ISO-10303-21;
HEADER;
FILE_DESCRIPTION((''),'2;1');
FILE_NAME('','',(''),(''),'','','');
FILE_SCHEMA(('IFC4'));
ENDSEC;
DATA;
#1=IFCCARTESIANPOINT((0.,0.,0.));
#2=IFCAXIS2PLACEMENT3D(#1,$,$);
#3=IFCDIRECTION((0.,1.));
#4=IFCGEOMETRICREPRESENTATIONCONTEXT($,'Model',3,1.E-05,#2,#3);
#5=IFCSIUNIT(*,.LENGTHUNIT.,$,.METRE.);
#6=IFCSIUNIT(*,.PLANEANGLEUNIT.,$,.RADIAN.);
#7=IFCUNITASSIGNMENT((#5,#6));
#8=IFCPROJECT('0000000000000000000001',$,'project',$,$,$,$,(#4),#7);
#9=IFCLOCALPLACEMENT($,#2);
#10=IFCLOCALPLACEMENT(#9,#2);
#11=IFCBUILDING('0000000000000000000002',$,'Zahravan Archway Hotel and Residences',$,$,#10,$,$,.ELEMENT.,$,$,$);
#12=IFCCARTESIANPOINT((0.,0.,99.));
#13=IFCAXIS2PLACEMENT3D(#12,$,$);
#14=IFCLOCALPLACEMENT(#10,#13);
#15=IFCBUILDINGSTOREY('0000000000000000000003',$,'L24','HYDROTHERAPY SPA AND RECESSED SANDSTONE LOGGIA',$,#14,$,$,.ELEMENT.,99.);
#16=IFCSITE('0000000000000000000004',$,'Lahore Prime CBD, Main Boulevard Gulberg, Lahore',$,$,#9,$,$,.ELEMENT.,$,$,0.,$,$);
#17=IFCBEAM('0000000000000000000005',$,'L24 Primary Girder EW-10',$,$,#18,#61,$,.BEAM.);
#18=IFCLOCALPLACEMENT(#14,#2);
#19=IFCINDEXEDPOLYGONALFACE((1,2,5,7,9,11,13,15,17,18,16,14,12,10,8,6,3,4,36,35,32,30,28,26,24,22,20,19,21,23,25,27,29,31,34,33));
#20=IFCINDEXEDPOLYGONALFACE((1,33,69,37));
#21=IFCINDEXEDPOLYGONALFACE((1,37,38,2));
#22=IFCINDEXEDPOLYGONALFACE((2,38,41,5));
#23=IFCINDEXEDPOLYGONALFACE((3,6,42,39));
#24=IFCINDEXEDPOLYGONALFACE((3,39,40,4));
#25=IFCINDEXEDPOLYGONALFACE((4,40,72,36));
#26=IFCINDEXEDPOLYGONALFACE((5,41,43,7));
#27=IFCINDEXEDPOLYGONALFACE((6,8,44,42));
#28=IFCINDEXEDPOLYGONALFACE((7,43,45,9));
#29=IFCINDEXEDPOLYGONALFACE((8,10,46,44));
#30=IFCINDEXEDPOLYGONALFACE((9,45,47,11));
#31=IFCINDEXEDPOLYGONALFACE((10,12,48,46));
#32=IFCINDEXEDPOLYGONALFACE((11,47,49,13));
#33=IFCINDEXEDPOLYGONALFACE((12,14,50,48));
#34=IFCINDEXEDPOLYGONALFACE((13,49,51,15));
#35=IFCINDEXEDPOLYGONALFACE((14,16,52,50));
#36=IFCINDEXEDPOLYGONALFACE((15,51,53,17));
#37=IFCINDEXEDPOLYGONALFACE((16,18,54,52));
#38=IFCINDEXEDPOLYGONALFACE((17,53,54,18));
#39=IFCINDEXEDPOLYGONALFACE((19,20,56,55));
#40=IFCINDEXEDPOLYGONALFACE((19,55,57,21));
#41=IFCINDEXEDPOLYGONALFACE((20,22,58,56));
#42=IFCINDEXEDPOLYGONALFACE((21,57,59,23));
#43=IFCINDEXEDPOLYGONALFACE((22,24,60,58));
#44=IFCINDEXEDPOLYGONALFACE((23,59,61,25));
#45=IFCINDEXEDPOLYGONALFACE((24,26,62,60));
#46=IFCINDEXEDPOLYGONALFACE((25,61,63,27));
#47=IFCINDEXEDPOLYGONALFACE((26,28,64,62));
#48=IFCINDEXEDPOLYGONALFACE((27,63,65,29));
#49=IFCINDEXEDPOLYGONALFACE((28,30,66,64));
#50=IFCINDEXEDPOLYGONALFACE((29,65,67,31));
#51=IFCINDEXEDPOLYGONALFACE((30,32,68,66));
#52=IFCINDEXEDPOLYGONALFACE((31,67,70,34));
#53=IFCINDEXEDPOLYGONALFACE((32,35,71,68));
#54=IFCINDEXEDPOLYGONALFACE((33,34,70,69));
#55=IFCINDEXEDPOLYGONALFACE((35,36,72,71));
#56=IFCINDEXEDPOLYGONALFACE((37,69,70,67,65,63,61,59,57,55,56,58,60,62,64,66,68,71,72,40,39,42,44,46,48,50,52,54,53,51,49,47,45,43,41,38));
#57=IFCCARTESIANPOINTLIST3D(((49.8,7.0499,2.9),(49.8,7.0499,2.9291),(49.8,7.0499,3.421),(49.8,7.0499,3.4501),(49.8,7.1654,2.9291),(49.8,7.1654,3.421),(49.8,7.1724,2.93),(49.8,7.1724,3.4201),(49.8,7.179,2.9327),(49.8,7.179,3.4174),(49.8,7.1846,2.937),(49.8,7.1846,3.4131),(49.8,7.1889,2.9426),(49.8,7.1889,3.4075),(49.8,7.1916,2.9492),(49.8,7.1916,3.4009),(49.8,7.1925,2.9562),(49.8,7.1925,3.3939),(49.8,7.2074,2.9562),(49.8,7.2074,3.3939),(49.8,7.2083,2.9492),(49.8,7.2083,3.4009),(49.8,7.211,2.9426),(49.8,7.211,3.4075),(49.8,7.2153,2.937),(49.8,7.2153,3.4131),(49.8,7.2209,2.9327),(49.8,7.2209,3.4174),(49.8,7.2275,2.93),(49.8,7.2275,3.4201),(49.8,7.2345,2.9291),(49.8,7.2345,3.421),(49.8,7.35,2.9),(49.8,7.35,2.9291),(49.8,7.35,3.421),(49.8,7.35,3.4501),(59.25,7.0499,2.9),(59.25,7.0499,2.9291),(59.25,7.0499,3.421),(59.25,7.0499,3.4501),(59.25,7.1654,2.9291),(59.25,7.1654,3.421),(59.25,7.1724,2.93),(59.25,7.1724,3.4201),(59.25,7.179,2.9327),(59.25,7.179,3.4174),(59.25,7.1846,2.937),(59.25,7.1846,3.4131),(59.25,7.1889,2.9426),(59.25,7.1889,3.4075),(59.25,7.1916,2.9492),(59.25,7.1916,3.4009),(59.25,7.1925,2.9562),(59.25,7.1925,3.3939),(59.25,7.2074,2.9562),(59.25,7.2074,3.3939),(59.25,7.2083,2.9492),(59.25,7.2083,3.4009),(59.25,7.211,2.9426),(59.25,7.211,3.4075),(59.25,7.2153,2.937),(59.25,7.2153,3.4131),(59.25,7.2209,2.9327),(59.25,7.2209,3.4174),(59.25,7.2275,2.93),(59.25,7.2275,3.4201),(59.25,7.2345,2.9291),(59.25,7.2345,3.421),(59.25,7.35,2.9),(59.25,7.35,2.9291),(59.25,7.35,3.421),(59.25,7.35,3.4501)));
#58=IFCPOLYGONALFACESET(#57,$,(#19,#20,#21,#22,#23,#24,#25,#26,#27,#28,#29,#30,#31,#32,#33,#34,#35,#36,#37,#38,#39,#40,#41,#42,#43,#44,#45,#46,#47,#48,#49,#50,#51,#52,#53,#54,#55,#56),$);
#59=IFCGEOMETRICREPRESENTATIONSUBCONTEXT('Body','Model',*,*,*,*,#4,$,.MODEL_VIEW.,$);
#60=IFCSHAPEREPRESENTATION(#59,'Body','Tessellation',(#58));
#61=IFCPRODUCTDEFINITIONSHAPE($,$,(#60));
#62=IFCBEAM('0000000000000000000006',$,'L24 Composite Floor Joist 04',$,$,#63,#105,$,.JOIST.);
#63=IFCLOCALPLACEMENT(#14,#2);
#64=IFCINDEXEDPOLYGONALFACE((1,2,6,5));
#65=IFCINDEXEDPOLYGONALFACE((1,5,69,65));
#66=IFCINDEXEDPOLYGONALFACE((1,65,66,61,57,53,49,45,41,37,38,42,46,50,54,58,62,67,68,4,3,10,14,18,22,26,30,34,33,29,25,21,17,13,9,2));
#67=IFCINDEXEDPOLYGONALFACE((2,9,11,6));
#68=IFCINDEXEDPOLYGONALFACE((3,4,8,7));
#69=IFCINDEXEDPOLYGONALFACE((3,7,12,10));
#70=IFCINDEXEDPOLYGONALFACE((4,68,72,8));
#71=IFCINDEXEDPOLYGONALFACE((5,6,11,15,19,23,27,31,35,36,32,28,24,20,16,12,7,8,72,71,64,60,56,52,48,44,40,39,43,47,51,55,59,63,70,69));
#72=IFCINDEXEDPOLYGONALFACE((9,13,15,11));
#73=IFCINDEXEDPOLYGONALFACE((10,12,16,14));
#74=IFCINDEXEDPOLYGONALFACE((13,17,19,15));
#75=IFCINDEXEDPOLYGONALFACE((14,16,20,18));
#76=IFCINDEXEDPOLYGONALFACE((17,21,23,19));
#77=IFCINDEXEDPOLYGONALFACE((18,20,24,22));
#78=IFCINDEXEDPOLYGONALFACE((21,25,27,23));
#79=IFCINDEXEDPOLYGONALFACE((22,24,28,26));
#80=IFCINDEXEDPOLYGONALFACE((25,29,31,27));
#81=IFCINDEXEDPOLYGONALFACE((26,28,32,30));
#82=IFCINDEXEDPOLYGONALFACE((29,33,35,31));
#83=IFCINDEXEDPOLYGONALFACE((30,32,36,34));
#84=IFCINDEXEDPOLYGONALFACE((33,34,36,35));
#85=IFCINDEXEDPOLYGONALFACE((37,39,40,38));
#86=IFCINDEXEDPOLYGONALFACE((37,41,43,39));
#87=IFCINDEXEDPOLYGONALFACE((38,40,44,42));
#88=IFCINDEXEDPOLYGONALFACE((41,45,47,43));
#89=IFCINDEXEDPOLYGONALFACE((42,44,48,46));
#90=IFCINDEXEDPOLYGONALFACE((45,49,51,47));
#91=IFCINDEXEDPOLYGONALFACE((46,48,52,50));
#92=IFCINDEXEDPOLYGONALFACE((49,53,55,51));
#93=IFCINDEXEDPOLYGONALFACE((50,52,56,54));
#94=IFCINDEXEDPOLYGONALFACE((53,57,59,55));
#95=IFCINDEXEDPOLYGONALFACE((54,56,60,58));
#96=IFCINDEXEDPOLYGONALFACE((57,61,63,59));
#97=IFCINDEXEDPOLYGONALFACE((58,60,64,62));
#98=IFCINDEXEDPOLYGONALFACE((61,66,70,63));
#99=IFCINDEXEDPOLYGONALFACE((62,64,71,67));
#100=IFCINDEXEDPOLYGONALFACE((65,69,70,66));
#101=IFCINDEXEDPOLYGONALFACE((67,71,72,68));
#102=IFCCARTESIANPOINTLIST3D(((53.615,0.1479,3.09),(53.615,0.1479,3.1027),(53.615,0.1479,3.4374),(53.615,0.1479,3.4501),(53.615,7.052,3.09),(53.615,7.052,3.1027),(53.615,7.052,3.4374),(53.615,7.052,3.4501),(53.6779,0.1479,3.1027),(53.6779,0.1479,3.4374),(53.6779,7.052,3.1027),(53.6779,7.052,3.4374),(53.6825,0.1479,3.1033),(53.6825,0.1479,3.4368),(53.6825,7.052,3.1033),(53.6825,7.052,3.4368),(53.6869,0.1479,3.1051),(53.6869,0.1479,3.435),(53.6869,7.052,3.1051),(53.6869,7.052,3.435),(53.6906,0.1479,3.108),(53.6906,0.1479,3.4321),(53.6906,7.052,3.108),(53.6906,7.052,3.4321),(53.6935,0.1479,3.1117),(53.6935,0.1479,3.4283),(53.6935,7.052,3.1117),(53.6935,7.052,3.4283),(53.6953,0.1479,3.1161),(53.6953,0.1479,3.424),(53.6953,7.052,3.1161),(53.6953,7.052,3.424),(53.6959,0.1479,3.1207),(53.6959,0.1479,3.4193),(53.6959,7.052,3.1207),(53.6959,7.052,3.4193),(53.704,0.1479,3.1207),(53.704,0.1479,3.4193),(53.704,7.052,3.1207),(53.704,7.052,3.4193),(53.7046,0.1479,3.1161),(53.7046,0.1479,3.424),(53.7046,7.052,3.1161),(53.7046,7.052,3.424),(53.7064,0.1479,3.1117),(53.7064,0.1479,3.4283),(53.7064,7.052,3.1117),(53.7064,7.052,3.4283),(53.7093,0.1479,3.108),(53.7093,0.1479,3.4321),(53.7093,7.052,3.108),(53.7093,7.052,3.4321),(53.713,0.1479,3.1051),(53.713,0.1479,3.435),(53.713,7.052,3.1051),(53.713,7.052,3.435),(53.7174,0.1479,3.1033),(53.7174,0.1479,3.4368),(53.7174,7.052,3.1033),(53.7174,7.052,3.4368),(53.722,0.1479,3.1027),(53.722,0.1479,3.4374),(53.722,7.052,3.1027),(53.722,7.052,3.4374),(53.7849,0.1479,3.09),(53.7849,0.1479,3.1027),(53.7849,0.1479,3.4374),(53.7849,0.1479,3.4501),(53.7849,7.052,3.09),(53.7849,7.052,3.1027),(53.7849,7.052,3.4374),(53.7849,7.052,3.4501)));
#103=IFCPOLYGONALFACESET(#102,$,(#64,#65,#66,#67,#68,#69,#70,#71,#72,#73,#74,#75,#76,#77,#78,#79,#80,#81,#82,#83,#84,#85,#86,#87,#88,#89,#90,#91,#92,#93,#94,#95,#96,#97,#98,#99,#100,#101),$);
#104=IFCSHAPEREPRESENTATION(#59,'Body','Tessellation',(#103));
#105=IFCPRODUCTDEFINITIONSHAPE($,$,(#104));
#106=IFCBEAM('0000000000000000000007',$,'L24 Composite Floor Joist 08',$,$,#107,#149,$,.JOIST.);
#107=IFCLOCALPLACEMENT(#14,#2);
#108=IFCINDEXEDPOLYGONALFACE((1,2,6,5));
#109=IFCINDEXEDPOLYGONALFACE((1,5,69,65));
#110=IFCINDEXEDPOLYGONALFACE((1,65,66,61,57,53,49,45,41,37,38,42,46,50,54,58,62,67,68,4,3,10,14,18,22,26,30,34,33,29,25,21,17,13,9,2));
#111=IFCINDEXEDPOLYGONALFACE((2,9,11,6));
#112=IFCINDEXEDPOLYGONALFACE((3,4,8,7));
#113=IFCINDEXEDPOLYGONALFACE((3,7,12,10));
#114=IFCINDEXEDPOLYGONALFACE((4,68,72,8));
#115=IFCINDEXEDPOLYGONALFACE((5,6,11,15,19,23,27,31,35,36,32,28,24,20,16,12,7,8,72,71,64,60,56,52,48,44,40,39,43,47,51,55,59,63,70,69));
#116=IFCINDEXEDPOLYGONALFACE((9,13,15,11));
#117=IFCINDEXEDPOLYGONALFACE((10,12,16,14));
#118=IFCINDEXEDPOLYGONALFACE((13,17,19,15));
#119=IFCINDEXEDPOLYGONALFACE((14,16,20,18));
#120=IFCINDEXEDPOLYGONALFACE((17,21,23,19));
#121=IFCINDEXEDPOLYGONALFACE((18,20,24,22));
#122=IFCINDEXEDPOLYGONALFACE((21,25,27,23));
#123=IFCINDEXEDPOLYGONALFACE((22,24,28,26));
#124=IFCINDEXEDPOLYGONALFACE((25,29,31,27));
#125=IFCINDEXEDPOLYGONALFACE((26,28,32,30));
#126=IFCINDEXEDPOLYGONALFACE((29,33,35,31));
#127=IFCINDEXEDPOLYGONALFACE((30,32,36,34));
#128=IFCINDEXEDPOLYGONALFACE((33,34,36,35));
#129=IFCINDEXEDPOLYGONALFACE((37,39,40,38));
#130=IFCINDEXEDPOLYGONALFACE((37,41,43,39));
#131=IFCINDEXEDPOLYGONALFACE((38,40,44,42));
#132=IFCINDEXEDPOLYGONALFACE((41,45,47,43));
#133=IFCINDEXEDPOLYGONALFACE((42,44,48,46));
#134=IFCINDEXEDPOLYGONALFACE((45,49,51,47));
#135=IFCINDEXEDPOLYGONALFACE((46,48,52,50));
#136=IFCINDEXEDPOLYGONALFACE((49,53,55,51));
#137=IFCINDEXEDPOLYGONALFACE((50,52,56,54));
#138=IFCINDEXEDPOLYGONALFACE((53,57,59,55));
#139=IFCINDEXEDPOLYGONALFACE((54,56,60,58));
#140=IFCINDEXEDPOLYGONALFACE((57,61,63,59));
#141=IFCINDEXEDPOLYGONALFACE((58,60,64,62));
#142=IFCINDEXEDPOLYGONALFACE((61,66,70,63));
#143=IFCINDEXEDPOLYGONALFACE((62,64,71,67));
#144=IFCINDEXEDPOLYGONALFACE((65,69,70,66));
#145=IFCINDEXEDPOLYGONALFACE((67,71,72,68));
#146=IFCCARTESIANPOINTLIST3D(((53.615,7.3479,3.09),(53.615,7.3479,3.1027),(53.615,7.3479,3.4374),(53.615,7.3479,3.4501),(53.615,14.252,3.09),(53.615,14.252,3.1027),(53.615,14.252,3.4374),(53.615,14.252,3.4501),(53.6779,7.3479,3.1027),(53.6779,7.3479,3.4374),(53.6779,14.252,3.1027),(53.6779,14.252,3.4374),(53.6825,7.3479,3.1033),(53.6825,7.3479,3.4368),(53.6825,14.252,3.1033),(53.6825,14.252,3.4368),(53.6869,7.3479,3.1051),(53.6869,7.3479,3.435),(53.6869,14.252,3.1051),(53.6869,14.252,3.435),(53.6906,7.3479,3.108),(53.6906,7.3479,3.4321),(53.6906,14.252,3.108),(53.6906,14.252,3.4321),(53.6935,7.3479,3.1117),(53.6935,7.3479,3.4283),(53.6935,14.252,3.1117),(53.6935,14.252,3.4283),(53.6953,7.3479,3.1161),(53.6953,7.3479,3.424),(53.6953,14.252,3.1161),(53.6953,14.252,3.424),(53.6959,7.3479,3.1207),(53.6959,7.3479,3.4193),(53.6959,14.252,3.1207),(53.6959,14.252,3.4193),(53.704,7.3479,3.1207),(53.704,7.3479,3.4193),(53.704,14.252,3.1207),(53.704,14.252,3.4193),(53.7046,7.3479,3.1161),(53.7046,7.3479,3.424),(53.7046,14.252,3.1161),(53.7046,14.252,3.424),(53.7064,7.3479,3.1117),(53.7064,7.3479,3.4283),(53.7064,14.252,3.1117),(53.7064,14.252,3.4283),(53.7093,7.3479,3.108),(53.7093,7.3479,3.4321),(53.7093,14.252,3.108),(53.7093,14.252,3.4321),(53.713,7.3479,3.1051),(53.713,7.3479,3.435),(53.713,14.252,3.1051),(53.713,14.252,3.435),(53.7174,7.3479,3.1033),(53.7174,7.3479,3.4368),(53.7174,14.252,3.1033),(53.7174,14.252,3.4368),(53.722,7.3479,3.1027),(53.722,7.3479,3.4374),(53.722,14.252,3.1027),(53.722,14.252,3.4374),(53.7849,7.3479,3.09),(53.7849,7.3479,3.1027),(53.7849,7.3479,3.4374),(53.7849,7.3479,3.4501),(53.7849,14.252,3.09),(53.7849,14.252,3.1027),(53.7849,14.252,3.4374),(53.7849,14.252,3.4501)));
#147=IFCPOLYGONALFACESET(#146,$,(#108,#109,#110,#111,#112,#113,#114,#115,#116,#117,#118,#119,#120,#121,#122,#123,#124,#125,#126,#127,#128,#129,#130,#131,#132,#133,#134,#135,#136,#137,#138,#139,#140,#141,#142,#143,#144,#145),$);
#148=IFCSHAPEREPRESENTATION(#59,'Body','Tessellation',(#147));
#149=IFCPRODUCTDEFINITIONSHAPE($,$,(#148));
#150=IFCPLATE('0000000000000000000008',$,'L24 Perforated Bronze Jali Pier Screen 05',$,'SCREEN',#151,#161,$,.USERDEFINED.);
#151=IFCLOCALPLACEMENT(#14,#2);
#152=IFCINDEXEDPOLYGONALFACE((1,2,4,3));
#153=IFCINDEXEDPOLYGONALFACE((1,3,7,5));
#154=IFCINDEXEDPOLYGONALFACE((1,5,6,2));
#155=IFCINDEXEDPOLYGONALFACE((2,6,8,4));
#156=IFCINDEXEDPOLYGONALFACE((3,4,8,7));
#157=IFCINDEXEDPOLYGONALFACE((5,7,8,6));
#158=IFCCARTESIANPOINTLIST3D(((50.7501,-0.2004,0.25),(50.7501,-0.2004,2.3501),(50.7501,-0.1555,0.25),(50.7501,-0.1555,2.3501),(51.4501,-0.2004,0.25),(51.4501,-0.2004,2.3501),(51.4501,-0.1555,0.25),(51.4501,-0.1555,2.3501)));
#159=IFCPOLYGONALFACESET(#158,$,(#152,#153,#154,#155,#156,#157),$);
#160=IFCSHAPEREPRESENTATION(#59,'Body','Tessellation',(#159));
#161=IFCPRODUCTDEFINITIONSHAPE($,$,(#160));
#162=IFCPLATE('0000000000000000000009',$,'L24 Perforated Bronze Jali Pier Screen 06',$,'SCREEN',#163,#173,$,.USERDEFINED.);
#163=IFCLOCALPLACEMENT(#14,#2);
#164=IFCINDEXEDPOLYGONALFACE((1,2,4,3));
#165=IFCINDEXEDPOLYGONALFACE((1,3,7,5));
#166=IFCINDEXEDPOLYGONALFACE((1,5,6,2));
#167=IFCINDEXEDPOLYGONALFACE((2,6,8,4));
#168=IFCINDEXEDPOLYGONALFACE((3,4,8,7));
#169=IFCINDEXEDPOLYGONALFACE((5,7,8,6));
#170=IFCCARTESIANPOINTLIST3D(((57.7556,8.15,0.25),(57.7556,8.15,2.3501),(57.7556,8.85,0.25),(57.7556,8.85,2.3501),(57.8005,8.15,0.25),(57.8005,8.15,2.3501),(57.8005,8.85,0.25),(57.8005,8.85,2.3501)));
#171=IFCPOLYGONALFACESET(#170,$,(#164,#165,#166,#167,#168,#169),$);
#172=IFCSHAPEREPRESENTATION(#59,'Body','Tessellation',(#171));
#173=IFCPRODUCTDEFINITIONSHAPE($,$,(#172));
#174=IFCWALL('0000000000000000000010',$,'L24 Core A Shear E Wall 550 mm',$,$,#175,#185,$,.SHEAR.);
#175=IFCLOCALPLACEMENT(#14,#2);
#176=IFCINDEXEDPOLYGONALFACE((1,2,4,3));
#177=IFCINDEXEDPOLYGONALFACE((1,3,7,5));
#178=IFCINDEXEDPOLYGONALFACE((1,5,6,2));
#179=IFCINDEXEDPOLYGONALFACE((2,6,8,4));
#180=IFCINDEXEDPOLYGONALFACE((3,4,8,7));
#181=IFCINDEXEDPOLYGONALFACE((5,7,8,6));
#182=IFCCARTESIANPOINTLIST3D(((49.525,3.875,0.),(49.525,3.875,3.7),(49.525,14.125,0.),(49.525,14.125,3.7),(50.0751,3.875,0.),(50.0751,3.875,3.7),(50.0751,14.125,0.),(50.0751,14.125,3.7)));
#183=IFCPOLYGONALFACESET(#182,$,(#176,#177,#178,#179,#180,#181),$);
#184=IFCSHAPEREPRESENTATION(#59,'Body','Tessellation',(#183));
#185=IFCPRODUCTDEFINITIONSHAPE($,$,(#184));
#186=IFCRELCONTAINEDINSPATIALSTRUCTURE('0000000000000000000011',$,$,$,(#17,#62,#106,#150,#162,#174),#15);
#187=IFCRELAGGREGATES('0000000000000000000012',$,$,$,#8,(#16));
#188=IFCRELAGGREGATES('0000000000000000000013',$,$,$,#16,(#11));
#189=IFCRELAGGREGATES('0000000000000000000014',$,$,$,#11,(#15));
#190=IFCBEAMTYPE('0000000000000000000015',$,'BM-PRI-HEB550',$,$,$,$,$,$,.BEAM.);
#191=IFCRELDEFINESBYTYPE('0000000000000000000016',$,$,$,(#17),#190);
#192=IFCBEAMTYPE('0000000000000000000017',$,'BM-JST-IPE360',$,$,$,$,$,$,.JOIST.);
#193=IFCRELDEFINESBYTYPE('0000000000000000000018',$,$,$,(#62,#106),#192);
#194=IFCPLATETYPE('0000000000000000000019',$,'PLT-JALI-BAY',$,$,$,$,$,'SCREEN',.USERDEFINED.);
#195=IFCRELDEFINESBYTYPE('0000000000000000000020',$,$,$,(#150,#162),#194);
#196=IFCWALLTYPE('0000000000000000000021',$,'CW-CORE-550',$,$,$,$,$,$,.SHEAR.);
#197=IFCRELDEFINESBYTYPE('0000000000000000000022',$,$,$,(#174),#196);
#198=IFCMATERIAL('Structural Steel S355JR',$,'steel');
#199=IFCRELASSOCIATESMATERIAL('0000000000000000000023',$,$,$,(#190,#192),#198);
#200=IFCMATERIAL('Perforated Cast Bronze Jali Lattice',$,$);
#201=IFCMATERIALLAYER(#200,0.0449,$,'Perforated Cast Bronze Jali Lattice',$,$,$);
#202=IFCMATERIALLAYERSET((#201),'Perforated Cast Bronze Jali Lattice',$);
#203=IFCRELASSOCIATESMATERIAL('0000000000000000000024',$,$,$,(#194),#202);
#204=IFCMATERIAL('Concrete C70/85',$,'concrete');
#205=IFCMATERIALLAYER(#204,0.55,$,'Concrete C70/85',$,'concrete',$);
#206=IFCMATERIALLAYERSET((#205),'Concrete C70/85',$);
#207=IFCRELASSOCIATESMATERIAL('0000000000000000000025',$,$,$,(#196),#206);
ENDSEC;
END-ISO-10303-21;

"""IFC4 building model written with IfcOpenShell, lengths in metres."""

from ifc_helpers import new_model, si_unit, direction, frame, frame_2d, origin, origin_2d, place, context, subcontext, project, spatial, rectangle, i_section, extrude, source, transform, mapped, material, layer, layer_set, material_profile, profile_set, type_object, type_shapes, element, save


model = new_model("IFC4")

# Units and contexts
model_context = context("Model", 3, precision=1e-05, world=origin(), true_north=direction((0.0, 1.0)))
body_context = subcontext(model_context, "Body", "Model", "MODEL_VIEW")
ifc_project = project(units=[si_unit("LENGTHUNIT", "METRE"), si_unit("PLANEANGLEUNIT", "RADIAN")], contexts=[model_context])

# Site, building, storey
site_placement = place(None, origin())
site = spatial("IfcSite", under=ifc_project, at=site_placement, Name="Lahore Prime CBD, Main Boulevard Gulberg, Lahore", CompositionType="ELEMENT", RefElevation=0.0)
building_placement = place(site_placement, origin())
building = spatial("IfcBuilding", under=site, at=building_placement, Name="Zahravan Archway Hotel and Residences", CompositionType="ELEMENT")
storey_placement = place(building_placement, frame((0.0, 0.0, 99.0)))
storey = spatial("IfcBuildingStorey", under=building, at=storey_placement, Name="L24", Description="HYDROTHERAPY SPA AND RECESSED SANDSTONE LOGGIA", CompositionType="ELEMENT", Elevation=99.0)

# Shared definitions
ifc_material_1 = material(Name="Concrete C70/85", Category="concrete")

# Beams
ifc_material_2 = material(Name="Structural Steel S355JR", Category="steel")
ifc_material_profile_1 = material_profile(ifc_material_2, i_section(OverallWidth=0.3, OverallDepth=0.55, WebThickness=0.0149, FlangeThickness=0.0291, FilletRadius=0.0271, at=origin_2d()), Name="HEB 550", Category="steel")
ifc_profile_set_1 = profile_set([ifc_material_profile_1], Name="Structural Steel S355JR")
beam_type_1 = type_object("IfcBeamType", Name="BM-PRI-HEB550", PredefinedType="BEAM", material=ifc_profile_set_1)
shared_shape_1 = source(origin(), body_context, "Body", "SweptSolid", [
    extrude(i_section(OverallWidth=0.3, OverallDepth=0.55, WebThickness=0.0149, FlangeThickness=0.0291, FilletRadius=0.0271, at=origin_2d()), origin(), (0.0, 0.0, 1.0), 9.45),
])
beam_1_placement = place(storey_placement, frame((49.8, 7.2, 3.175), z_axis=(1.0, 0.0, 0.0), x_axis=(0.0, 1.0, 0.0)))
element("IfcBeam", 1, at=beam_1_placement, inside=storey, type_object=beam_type_1, Name="L24 Primary Girder EW-10", PredefinedType="BEAM", context=body_context, shape_type="MappedRepresentation", body=[
    mapped(shared_shape_1, transform((0.0, 0.0, 0.0), scale=1.0)),
])
ifc_material_profile_2 = material_profile(ifc_material_2, i_section(OverallWidth=0.1699, OverallDepth=0.3601, WebThickness=0.0081, FlangeThickness=0.0127, FilletRadius=0.0181, at=origin_2d()), Name="IPE 360", Category="steel")
ifc_profile_set_2 = profile_set([ifc_material_profile_2], Name="Structural Steel S355JR")
beam_type_2 = type_object("IfcBeamType", Name="BM-JST-IPE360", PredefinedType="JOIST", material=ifc_profile_set_2)
shared_shape_2 = source(origin(), body_context, "Body", "SweptSolid", [
    extrude(i_section(OverallWidth=0.1699, OverallDepth=0.3601, WebThickness=0.0081, FlangeThickness=0.0127, FilletRadius=0.0181, at=origin_2d()), origin(), (0.0, 0.0, 1.0), 6.9041),
])
type_shapes(beam_type_2, [shared_shape_2])
for number, where, z_axis, x_axis, name in (
    (2, (53.7, 0.1479, 3.27), (0.0, 1.0, 0.0), (-1.0, 0.0, 0.0), "L24 Composite Floor Joist 04"),
    (3, (53.7, 7.3479, 3.27), (0.0, 1.0, 0.0), (-1.0, 0.0, 0.0), "L24 Composite Floor Joist 08"),
):
    element("IfcBeam", number, at=place(storey_placement, frame(where, z_axis=z_axis, x_axis=x_axis)), inside=storey, type_object=beam_type_2, Name=name, PredefinedType="JOIST", context=body_context, shape_type="MappedRepresentation", body=[
        mapped(shared_shape_2, transform((0.0, 0.0, 0.0), scale=1.0)),
    ])

# Plates
ifc_material_3 = material(Name="Perforated Cast Bronze Jali Lattice")
ifc_layer_1 = layer(ifc_material_3, 0.0449, Name="Perforated Cast Bronze Jali Lattice")
ifc_layer_set_1 = layer_set([ifc_layer_1], Name="Perforated Cast Bronze Jali Lattice")
plate_type = type_object("IfcPlateType", Name="PLT-JALI-BAY", ElementType="SCREEN", PredefinedType="USERDEFINED", material=ifc_layer_set_1)
shared_shape_3 = source(origin(), body_context, "Body", "SweptSolid", [
    extrude(rectangle(XDim=0.7, YDim=0.0449, at=origin_2d()), origin(), (0.0, 0.0, 1.0), 2.1001),
])
type_shapes(plate_type, [shared_shape_3])
for number, where, z_axis, x_axis, name in (
    (4, (51.1001, -0.178, 0.25), (0.0, 0.0, 1.0), (1.0, 0.0, 0.0), "L24 Perforated Bronze Jali Pier Screen 05"),
    (5, (57.7781, 8.5, 0.25), (0.0, 0.0, 1.0), (0.0, 1.0, 0.0), "L24 Perforated Bronze Jali Pier Screen 06"),
):
    element("IfcPlate", number, at=place(storey_placement, frame(where, z_axis=z_axis, x_axis=x_axis)), inside=storey, type_object=plate_type, Name=name, ObjectType="SCREEN", PredefinedType="USERDEFINED", context=body_context, shape_type="MappedRepresentation", body=[
        mapped(shared_shape_3, transform((0.0, 0.0, 0.0), scale=1.0)),
    ])

# Wall
ifc_layer_2 = layer(ifc_material_1, 0.55, Name="Concrete C70/85", Category="concrete")
ifc_layer_set_2 = layer_set([ifc_layer_2], Name="Concrete C70/85")
wall_type_1 = type_object("IfcWallType", Name="CW-CORE-550", PredefinedType="SHEAR", material=ifc_layer_set_2)
wall_1_placement = place(storey_placement, frame((49.8, 3.875, 0.0), z_axis=(0.0, 0.0, 1.0), x_axis=(0.0, 1.0, 0.0)))
element("IfcWall", 6, at=wall_1_placement, inside=storey, type_object=wall_type_1, Name="L24 Core A Shear E Wall 550 mm", PredefinedType="SHEAR", context=body_context, shape_type="SweptSolid", body=[
    extrude(rectangle(XDim=10.25, YDim=0.55, at=frame_2d((5.125, 0.0))), origin(), (0.0, 0.0, 1.0), 3.7),
])

save(model, "model.ifc")
